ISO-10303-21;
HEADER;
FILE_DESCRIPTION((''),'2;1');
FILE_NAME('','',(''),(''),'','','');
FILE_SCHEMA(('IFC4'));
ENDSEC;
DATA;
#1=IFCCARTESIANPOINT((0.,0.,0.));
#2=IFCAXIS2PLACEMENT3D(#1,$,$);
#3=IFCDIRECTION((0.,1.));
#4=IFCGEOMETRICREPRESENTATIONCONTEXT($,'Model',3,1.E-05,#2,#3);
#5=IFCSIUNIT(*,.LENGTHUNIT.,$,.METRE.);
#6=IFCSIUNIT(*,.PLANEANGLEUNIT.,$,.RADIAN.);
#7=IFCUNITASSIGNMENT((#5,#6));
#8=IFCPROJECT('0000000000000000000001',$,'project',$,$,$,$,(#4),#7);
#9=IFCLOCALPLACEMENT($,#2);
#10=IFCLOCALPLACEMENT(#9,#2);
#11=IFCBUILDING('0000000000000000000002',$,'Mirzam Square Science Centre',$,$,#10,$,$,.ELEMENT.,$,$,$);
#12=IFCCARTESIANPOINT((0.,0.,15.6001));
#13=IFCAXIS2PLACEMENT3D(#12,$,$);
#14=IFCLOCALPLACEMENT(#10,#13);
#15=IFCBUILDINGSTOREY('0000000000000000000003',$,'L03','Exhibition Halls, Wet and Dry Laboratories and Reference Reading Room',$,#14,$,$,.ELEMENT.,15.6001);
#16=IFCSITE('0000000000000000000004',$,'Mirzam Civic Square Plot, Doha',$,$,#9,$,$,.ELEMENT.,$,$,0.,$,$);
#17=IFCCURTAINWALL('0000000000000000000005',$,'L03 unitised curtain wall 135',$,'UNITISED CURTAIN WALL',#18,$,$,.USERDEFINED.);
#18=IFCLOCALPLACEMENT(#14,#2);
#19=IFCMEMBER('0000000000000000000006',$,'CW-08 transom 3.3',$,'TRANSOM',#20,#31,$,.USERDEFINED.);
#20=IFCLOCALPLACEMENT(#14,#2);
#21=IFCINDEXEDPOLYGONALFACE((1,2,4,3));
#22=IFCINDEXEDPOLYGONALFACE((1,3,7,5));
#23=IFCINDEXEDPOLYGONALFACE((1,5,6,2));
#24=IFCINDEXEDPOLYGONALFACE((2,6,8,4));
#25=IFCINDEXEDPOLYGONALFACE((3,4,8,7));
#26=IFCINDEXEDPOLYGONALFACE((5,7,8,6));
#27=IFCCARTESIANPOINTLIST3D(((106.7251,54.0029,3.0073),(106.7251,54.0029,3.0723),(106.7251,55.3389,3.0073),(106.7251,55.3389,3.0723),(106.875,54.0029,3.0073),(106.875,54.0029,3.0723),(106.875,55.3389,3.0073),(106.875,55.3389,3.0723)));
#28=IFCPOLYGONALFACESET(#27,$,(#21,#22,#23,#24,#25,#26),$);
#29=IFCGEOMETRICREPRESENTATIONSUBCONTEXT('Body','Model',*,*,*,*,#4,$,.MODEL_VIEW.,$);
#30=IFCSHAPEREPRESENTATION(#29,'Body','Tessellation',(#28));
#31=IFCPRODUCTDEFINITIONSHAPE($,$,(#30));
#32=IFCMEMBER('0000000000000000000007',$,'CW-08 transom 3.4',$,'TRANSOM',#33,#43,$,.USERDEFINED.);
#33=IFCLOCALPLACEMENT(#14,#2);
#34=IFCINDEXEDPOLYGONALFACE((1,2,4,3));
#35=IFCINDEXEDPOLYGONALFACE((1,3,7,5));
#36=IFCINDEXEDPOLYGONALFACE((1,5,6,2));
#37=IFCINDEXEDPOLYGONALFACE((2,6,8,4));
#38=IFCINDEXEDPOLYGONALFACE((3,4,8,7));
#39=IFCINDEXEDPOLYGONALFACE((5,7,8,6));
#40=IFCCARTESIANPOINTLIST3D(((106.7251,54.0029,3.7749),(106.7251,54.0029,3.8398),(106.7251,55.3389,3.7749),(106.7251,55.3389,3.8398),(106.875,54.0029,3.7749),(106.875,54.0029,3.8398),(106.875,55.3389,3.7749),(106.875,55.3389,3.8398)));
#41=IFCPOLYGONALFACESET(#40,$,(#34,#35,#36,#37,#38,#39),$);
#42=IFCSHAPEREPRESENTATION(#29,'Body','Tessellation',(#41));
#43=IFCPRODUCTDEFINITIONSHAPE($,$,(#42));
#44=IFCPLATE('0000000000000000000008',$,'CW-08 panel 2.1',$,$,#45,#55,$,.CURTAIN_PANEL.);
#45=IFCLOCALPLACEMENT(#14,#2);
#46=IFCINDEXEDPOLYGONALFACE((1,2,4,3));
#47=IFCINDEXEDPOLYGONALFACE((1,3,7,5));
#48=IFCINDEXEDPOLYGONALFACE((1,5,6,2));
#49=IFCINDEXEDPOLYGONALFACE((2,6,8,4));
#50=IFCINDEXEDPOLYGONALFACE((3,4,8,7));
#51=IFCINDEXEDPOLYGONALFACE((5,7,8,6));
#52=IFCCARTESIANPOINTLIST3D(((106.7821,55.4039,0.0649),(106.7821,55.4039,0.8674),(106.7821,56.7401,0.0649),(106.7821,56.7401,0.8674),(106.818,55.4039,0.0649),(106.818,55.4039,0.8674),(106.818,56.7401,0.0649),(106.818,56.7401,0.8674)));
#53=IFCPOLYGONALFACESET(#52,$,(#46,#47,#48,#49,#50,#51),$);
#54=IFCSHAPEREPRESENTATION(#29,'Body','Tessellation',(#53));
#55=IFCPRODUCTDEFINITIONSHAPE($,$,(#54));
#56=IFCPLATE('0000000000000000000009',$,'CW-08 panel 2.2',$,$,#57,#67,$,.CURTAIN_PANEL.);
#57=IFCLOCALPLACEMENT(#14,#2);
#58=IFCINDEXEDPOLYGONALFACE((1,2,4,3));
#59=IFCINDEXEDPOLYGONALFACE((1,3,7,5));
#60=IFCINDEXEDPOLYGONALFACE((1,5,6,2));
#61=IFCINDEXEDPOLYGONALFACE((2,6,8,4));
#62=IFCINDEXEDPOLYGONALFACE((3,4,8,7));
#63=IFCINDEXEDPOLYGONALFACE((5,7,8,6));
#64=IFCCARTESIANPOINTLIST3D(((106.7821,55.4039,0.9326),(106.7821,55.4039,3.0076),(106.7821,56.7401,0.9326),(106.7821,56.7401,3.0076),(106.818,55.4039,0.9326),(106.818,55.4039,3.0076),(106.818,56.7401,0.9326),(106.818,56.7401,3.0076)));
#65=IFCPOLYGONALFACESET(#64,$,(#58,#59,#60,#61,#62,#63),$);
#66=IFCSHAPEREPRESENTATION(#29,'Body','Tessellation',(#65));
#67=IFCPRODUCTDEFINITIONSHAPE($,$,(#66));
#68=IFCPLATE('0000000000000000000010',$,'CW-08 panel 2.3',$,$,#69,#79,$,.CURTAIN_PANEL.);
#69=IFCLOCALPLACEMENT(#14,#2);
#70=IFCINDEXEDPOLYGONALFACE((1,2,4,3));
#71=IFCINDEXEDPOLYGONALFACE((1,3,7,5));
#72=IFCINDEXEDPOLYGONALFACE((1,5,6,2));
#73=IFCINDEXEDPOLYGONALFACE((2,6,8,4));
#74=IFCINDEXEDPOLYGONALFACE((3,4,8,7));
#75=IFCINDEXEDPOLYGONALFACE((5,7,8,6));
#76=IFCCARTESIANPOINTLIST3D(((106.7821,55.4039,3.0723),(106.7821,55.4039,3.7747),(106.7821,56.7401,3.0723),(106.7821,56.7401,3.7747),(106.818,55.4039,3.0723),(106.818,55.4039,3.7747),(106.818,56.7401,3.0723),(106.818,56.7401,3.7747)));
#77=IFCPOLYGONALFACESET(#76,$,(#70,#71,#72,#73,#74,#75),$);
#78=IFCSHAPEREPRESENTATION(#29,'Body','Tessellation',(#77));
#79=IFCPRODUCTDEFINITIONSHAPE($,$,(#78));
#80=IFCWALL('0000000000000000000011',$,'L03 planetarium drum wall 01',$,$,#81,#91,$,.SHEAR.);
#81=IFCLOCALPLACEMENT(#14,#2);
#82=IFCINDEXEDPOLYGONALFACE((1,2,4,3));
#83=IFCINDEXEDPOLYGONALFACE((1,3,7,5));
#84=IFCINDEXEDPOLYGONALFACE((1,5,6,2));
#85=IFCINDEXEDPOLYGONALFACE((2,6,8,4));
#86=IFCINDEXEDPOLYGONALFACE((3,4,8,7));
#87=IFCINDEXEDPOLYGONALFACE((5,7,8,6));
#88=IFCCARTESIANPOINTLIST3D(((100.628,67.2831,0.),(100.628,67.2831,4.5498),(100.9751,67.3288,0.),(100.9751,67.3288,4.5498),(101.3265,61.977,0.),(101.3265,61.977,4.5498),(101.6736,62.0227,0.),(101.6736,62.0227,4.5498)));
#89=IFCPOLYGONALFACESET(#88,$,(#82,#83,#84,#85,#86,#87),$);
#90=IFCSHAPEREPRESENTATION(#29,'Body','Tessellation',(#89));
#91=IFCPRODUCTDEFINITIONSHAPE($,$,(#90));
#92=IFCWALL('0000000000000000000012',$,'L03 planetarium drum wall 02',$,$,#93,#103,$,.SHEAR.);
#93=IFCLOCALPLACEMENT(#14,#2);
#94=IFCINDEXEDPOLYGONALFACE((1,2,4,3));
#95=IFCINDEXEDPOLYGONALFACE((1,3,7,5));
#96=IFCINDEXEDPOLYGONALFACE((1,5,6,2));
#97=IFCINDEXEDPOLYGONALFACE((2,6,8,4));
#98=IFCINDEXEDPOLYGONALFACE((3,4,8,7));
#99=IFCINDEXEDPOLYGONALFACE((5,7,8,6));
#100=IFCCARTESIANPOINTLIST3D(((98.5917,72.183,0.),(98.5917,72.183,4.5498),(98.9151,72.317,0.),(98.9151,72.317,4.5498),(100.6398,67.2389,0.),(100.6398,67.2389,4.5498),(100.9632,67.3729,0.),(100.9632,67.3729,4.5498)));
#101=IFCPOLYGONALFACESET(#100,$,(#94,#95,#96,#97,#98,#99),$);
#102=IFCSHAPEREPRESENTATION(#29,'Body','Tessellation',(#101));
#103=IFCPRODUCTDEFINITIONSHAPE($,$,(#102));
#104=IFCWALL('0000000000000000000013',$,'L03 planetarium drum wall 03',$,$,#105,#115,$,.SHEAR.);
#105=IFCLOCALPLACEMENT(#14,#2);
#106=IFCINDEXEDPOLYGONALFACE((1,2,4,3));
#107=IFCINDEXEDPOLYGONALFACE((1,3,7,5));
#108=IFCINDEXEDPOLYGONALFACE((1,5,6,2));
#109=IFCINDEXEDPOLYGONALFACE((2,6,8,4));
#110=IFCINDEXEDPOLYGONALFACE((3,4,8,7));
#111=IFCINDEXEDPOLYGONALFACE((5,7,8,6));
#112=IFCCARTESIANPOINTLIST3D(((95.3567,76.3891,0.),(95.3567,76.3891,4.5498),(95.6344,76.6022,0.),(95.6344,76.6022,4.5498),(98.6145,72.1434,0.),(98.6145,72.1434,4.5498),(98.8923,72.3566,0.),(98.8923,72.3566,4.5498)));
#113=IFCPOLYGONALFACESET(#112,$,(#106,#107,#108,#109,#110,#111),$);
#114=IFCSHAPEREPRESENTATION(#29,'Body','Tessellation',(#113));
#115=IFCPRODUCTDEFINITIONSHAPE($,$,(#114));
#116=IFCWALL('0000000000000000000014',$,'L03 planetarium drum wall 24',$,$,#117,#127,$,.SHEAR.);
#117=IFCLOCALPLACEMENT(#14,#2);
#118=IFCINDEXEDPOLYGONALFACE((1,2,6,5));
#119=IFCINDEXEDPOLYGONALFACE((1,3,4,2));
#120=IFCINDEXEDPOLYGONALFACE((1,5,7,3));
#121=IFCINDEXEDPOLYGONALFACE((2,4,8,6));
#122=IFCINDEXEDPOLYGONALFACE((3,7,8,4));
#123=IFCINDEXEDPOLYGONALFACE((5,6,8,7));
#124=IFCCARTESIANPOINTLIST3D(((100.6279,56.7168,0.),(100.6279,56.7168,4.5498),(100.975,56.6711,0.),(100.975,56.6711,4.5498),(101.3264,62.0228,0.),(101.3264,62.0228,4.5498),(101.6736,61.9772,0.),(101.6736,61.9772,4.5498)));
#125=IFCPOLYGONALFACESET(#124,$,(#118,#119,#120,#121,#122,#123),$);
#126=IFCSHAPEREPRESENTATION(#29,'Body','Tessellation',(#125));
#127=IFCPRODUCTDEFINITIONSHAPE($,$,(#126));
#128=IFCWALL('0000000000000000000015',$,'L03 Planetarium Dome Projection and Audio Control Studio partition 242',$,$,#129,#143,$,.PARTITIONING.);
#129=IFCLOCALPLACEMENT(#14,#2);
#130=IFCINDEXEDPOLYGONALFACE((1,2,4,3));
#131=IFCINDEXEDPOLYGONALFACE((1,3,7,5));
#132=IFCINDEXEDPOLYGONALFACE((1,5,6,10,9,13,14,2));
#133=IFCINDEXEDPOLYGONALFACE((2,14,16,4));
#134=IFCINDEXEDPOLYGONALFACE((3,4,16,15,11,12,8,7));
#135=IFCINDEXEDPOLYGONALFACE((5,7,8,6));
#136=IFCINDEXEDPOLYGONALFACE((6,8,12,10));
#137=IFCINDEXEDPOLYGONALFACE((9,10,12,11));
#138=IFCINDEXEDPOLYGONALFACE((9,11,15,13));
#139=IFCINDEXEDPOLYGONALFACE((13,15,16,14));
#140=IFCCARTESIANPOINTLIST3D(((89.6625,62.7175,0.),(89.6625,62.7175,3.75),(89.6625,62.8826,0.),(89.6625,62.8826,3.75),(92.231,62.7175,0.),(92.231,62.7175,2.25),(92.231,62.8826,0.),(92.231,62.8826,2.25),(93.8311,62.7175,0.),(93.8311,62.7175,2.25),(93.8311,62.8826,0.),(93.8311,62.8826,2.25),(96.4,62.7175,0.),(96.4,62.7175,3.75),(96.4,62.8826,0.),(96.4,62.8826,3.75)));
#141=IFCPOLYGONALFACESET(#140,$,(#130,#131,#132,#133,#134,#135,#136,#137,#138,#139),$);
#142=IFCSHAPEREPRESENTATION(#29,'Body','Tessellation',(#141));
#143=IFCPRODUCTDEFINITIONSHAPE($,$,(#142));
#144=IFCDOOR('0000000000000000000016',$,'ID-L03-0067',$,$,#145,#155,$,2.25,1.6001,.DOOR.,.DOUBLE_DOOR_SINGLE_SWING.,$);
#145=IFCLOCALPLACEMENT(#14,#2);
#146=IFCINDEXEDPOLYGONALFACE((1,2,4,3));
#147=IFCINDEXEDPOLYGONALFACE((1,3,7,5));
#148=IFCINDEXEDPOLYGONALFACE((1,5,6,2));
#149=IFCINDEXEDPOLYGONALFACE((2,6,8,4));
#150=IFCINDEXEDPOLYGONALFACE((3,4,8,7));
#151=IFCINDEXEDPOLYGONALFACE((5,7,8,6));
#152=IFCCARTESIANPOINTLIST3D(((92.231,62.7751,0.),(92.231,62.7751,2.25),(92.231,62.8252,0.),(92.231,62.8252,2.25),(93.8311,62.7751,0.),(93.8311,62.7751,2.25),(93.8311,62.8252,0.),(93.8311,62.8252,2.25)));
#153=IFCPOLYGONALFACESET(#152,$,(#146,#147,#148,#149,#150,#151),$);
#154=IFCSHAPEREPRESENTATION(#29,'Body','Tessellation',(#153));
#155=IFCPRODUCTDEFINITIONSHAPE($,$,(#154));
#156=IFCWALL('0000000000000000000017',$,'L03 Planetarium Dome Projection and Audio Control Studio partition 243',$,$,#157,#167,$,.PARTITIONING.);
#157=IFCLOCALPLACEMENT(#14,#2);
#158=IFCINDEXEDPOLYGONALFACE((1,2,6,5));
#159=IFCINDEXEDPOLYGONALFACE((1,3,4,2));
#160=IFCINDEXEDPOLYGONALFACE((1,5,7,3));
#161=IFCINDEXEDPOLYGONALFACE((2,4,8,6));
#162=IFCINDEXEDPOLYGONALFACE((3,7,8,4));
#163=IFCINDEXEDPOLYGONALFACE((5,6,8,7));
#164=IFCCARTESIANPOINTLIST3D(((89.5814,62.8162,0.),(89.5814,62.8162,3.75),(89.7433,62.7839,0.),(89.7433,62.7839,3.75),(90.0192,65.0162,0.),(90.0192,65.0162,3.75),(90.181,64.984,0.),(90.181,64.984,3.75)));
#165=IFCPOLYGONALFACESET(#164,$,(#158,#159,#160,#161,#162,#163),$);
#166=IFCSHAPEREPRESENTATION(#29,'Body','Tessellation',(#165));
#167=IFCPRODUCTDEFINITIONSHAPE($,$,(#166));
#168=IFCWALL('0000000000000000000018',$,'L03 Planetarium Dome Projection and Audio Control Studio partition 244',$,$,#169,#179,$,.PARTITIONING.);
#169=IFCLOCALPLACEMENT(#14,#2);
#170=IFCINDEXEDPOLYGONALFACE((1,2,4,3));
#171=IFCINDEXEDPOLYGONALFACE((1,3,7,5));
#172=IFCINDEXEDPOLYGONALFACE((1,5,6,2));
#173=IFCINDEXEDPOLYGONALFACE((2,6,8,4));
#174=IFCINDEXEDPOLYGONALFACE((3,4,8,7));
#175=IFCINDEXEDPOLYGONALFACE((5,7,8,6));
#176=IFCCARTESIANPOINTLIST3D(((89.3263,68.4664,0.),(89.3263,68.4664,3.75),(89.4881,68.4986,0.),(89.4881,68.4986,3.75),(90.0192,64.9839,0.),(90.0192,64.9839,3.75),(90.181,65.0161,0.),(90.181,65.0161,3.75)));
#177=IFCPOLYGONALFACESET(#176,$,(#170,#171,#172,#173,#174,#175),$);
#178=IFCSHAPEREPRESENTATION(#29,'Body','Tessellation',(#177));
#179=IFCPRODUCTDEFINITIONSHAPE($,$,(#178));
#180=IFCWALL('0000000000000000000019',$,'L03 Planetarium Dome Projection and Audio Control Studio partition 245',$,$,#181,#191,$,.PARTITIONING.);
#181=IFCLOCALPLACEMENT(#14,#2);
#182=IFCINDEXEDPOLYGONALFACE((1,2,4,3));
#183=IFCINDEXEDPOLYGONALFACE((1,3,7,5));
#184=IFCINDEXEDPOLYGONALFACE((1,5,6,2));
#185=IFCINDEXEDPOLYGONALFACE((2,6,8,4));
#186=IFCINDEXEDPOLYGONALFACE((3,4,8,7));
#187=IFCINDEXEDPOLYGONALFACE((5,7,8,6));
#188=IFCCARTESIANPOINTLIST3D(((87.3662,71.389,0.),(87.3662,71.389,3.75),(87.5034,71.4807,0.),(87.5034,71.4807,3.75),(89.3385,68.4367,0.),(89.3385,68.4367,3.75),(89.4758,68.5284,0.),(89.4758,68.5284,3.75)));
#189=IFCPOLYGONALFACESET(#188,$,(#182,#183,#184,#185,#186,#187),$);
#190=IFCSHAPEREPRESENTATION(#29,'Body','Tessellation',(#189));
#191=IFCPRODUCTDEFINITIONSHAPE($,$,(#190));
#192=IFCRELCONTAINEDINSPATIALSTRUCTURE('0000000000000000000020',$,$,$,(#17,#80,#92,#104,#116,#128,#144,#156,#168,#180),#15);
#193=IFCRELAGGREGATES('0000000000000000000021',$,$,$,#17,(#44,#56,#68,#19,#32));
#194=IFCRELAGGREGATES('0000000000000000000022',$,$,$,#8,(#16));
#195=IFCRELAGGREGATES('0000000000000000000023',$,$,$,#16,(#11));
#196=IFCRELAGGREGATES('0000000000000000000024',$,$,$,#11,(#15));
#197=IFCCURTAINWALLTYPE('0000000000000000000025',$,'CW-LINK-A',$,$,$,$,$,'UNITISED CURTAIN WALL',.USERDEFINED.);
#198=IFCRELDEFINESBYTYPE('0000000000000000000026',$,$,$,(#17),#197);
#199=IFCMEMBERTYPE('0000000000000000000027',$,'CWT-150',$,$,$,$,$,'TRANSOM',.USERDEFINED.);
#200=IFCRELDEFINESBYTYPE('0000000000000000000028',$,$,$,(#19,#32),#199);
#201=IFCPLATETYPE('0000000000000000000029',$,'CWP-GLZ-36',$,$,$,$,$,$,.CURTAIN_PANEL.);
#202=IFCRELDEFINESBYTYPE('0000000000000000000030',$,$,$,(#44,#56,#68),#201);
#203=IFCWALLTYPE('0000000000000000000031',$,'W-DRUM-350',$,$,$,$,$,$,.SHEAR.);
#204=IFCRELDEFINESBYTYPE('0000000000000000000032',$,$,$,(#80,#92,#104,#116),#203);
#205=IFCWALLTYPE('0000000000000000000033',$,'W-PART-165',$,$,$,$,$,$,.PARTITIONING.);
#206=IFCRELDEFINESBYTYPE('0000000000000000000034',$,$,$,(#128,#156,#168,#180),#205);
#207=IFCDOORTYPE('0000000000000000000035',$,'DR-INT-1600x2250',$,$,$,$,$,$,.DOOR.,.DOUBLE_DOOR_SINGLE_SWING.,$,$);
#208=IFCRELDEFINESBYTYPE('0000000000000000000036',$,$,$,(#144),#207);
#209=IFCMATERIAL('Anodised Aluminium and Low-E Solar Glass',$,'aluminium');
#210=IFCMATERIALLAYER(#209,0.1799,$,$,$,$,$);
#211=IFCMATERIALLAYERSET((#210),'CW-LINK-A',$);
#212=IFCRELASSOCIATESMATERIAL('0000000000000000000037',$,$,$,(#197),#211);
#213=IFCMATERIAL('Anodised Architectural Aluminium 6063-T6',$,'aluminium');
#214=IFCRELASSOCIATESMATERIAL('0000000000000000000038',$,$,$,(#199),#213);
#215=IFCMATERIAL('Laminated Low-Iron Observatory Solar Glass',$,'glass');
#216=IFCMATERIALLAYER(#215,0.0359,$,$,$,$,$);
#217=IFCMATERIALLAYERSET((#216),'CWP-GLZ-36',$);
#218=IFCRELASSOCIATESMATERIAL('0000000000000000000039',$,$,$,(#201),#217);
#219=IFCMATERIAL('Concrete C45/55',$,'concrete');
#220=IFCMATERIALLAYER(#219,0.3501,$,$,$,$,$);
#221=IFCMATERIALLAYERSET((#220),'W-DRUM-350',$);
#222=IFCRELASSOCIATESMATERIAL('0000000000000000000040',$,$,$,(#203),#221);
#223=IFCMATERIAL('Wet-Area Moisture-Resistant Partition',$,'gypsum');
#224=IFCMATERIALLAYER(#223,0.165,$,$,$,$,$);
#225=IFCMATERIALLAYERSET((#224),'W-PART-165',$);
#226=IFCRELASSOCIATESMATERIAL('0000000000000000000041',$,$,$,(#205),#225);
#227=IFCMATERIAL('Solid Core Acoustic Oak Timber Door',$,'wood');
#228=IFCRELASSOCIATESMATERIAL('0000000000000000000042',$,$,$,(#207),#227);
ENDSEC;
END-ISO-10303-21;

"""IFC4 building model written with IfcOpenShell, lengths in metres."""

from ifc_helpers import new_model, si_unit, direction, frame, frame_2d, origin, origin_2d, place, context, subcontext, project, spatial, rectangle, extrude, material, layer, layer_set, material_profile, profile_set, type_object, element, fill, aggregate, save


model = new_model("IFC4")

# Units and contexts
model_context = context("Model", 3, precision=1e-05, world=origin(), true_north=direction((0.0, 1.0)))
body_context = subcontext(model_context, "Body", "Model", "MODEL_VIEW")
ifc_project = project(units=[si_unit("LENGTHUNIT", "METRE"), si_unit("PLANEANGLEUNIT", "RADIAN")], contexts=[model_context])

# Site, building, storey
site_placement = place(None, origin())
site = spatial("IfcSite", under=ifc_project, at=site_placement, Name="Mirzam Civic Square Plot, Doha", CompositionType="ELEMENT", RefElevation=0.0)
building_placement = place(site_placement, origin())
building = spatial("IfcBuilding", under=site, at=building_placement, Name="Mirzam Square Science Centre", CompositionType="ELEMENT")
storey_placement = place(building_placement, frame((0.0, 0.0, 15.6001)))
storey = spatial("IfcBuildingStorey", under=building, at=storey_placement, Name="L03", Description="Exhibition Halls, Wet and Dry Laboratories and Reference Reading Room", CompositionType="ELEMENT", Elevation=15.6001)

# Shared definitions
ifc_material_1 = material(Name="Concrete C45/55", Category="concrete")

# Curtain wall, members, plates
ifc_material_2 = material(Name="Anodised Aluminium and Low-E Solar Glass", Category="aluminium")
ifc_layer_1 = layer(ifc_material_2, 0.1799)
ifc_layer_set_1 = layer_set([ifc_layer_1], Name="CW-LINK-A")
curtain_wall_type = type_object("IfcCurtainWallType", Name="CW-LINK-A", ElementType="UNITISED CURTAIN WALL", PredefinedType="USERDEFINED", material=ifc_layer_set_1)
curtain_wall_placement = place(storey_placement, origin())
curtain_wall = element("IfcCurtainWall", 1, at=curtain_wall_placement, inside=storey, type_object=curtain_wall_type, Name="L03 unitised curtain wall 135", ObjectType="UNITISED CURTAIN WALL", PredefinedType="USERDEFINED")
ifc_material_3 = material(Name="Anodised Architectural Aluminium 6063-T6", Category="aluminium")
ifc_material_profile_1 = material_profile(ifc_material_3, rectangle(XDim=0.1499, YDim=0.0649, at=origin_2d()), Name="ALU-TRAN-150x65x4")
ifc_profile_set_1 = profile_set([ifc_material_profile_1], Name="Anodised Architectural Aluminium 6063-T6")
member_type_1 = type_object("IfcMemberType", Name="CWT-150", ElementType="TRANSOM", PredefinedType="USERDEFINED", material=ifc_profile_set_1)
member_1_placement = place(storey_placement, frame((106.8, 55.3389, 3.0398), z_axis=(0.0, -1.0, 0.0), x_axis=(1.0, 0.0, 0.0)))
member_1 = element("IfcMember", 2, at=member_1_placement, type_object=member_type_1, Name="CW-08 transom 3.3", ObjectType="TRANSOM", PredefinedType="USERDEFINED", context=body_context, shape_type="SweptSolid", body=[
    extrude(rectangle(XDim=0.1499, YDim=0.0649, at=origin_2d()), origin(), (0.0, 0.0, 1.0), 1.3359),
])
member_2_placement = place(storey_placement, frame((106.8, 55.3389, 3.8074), z_axis=(0.0, -1.0, 0.0), x_axis=(1.0, 0.0, 0.0)))
member_2 = element("IfcMember", 3, at=member_2_placement, type_object=member_type_1, Name="CW-08 transom 3.4", ObjectType="TRANSOM", PredefinedType="USERDEFINED", context=body_context, shape_type="SweptSolid", body=[
    extrude(rectangle(XDim=0.1499, YDim=0.0649, at=origin_2d()), origin(), (0.0, 0.0, 1.0), 1.3359),
])
ifc_material_4 = material(Name="Laminated Low-Iron Observatory Solar Glass", Category="glass")
ifc_layer_2 = layer(ifc_material_4, 0.0359)
ifc_layer_set_2 = layer_set([ifc_layer_2], Name="CWP-GLZ-36")
plate_type = type_object("IfcPlateType", Name="CWP-GLZ-36", PredefinedType="CURTAIN_PANEL", material=ifc_layer_set_2)
plate_1_placement = place(storey_placement, frame((106.8, 56.072, 0.0649), z_axis=(0.0, 0.0, 1.0), x_axis=(0.0, -1.0, 0.0)))
plate_1 = element("IfcPlate", 4, at=plate_1_placement, type_object=plate_type, Name="CW-08 panel 2.1", PredefinedType="CURTAIN_PANEL", context=body_context, shape_type="SweptSolid", body=[
    extrude(rectangle(XDim=1.3362, YDim=0.0359, at=origin_2d()), origin(), (0.0, 0.0, 1.0), 0.8025),
])
plate_2_placement = place(storey_placement, frame((106.8, 56.072, 0.9326), z_axis=(0.0, 0.0, 1.0), x_axis=(0.0, -1.0, 0.0)))
plate_2 = element("IfcPlate", 5, at=plate_2_placement, type_object=plate_type, Name="CW-08 panel 2.2", PredefinedType="CURTAIN_PANEL", context=body_context, shape_type="SweptSolid", body=[
    extrude(rectangle(XDim=1.3362, YDim=0.0359, at=origin_2d()), origin(), (0.0, 0.0, 1.0), 2.075),
])
plate_3_placement = place(storey_placement, frame((106.8, 56.072, 3.0723), z_axis=(0.0, 0.0, 1.0), x_axis=(0.0, -1.0, 0.0)))
plate_3 = element("IfcPlate", 6, at=plate_3_placement, type_object=plate_type, Name="CW-08 panel 2.3", PredefinedType="CURTAIN_PANEL", context=body_context, shape_type="SweptSolid", body=[
    extrude(rectangle(XDim=1.3362, YDim=0.0359, at=origin_2d()), origin(), (0.0, 0.0, 1.0), 0.7024),
])
aggregate(curtain_wall, [plate_1, plate_2, plate_3, member_1, member_2])

# Walls
ifc_layer_3 = layer(ifc_material_1, 0.3501)
ifc_layer_set_3 = layer_set([ifc_layer_3], Name="W-DRUM-350")
wall_type_1 = type_object("IfcWallType", Name="W-DRUM-350", PredefinedType="SHEAR", material=ifc_layer_set_3)
wall_1_placement = place(storey_placement, frame((101.5, 62.0, 0.0), z_axis=(0.0, 0.0, 1.0), x_axis=(-0.130517, 0.991446, 0.0)))
element("IfcWall", 7, at=wall_1_placement, inside=storey, type_object=wall_type_1, Name="L03 planetarium drum wall 01", PredefinedType="SHEAR", context=body_context, shape_type="SweptSolid", body=[
    extrude(rectangle(XDim=5.3518, YDim=0.3501, at=frame_2d((2.6758, 0.0))), origin(), (0.0, 0.0, 1.0), 4.5498),
])
for number, where, z_axis, x_axis, name in (
    (8, (100.8015, 67.3059, 0.0), (0.0, 0.0, 1.0), (-0.382713, 0.923867, 0.0), "L03 planetarium drum wall 02"),
    (9, (98.7534, 72.25, 0.0), (0.0, 0.0, 1.0), (-0.608767, 0.793349, 0.0), "L03 planetarium drum wall 03"),
):
    element("IfcWall", number, at=place(storey_placement, frame(where, z_axis=z_axis, x_axis=x_axis)), inside=storey, type_object=wall_type_1, Name=name, PredefinedType="SHEAR", context=body_context, shape_type="SweptSolid", body=[
        extrude(rectangle(XDim=5.3516, YDim=0.3501, at=frame_2d((2.6758, 0.0))), origin(), (0.0, 0.0, 1.0), 4.5498),
    ])
wall_2_placement = place(storey_placement, frame((100.8015, 56.6941, 0.0), z_axis=(0.0, 0.0, 1.0), x_axis=(0.130517, 0.991446, 0.0)))
element("IfcWall", 10, at=wall_2_placement, inside=storey, type_object=wall_type_1, Name="L03 planetarium drum wall 24", PredefinedType="SHEAR", context=body_context, shape_type="SweptSolid", body=[
    extrude(rectangle(XDim=5.3518, YDim=0.3501, at=frame_2d((2.6758, 0.0))), origin(), (0.0, 0.0, 1.0), 4.5498),
])

# Wall, opening, door
ifc_material_5 = material(Name="Wet-Area Moisture-Resistant Partition", Category="gypsum")
ifc_layer_4 = layer(ifc_material_5, 0.165)
ifc_layer_set_4 = layer_set([ifc_layer_4], Name="W-PART-165")
wall_type_2 = type_object("IfcWallType", Name="W-PART-165", PredefinedType="PARTITIONING", material=ifc_layer_set_4)
wall_3_placement = place(storey_placement, frame((96.3999, 62.8, 0.0), z_axis=(0.0, 0.0, 1.0), x_axis=(-1.0, 0.0, 0.0)))
wall_3 = element("IfcWall", 11, at=wall_3_placement, inside=storey, type_object=wall_type_2, Name="L03 Planetarium Dome Projection and Audio Control Studio partition 242", PredefinedType="PARTITIONING", context=body_context, shape_type="SweptSolid", body=[
    extrude(rectangle(XDim=6.7375, YDim=0.165, at=frame_2d((3.3687, 0.0))), origin(), (0.0, 0.0, 1.0), 3.75),
])
opening_placement = place(wall_3_placement, frame((2.5688, 0.0, 0.0)))
opening = element("IfcOpeningElement", 12, at=opening_placement, cuts=wall_3, PredefinedType="OPENING", context=body_context, shape_type="SweptSolid", body=[
    extrude(rectangle(XDim=1.6001, YDim=2.25, at=frame_2d((0.8, 1.125))), frame((0.0, 0.0925, 0.0), z_axis=(0.0, -1.0, 0.0), x_axis=(1.0, 0.0, 0.0)), (0.0, 0.0, 1.0), 0.1851),
])
ifc_material_6 = material(Name="Solid Core Acoustic Oak Timber Door", Category="wood")
door_type = type_object("IfcDoorType", Name="DR-INT-1600x2250", OperationType="DOUBLE_DOOR_SINGLE_SWING", PredefinedType="DOOR", material=ifc_material_6)
door_placement = place(opening_placement, origin())
door = element("IfcDoor", 13, at=door_placement, inside=storey, type_object=door_type, Name="ID-L03-0067", OperationType="DOUBLE_DOOR_SINGLE_SWING", OverallHeight=2.25, OverallWidth=1.6001, PredefinedType="DOOR", context=body_context, shape_type="SweptSolid", body=[
    extrude(rectangle(XDim=1.6001, YDim=2.25, at=frame_2d((0.8, 1.125))), frame((0.0, 0.0249, 0.0), z_axis=(0.0, -1.0, 0.0), x_axis=(1.0, 0.0, 0.0)), (0.0, 0.0, 1.0), 0.05),
])
fill(opening, door)

# Walls
wall_4_placement = place(storey_placement, frame((89.6624, 62.8, 0.0), z_axis=(0.0, 0.0, 1.0), x_axis=(0.195153, 0.980773, 0.0)))
element("IfcWall", 14, at=wall_4_placement, inside=storey, type_object=wall_type_2, Name="L03 Planetarium Dome Projection and Audio Control Studio partition 243", PredefinedType="PARTITIONING", context=body_context, shape_type="SweptSolid", body=[
    extrude(rectangle(XDim=2.2432, YDim=0.165, at=frame_2d((1.1216, 0.0))), origin(), (0.0, 0.0, 1.0), 3.75),
])
wall_5_placement = place(storey_placement, frame((90.1001, 65.0, 0.0), z_axis=(0.0, 0.0, 1.0), x_axis=(-0.195138, 0.980776, 0.0)))
element("IfcWall", 15, at=wall_5_placement, inside=storey, type_object=wall_type_2, Name="L03 Planetarium Dome Projection and Audio Control Studio partition 244", PredefinedType="PARTITIONING", context=body_context, shape_type="SweptSolid", body=[
    extrude(rectangle(XDim=3.5508, YDim=0.165, at=frame_2d((1.7754, 0.0))), origin(), (0.0, 0.0, 1.0), 3.75),
])
wall_6_placement = place(storey_placement, frame((89.4072, 68.4824, 0.0), z_axis=(0.0, 0.0, 1.0), x_axis=(-0.555509, 0.83151, 0.0)))
element("IfcWall", 16, at=wall_6_placement, inside=storey, type_object=wall_type_2, Name="L03 Planetarium Dome Projection and Audio Control Studio partition 245", PredefinedType="PARTITIONING", context=body_context, shape_type="SweptSolid", body=[
    extrude(rectangle(XDim=3.5505, YDim=0.165, at=frame_2d((1.7754, 0.0))), origin(), (0.0, 0.0, 1.0), 3.75),
])

save(model, "model.ifc")
